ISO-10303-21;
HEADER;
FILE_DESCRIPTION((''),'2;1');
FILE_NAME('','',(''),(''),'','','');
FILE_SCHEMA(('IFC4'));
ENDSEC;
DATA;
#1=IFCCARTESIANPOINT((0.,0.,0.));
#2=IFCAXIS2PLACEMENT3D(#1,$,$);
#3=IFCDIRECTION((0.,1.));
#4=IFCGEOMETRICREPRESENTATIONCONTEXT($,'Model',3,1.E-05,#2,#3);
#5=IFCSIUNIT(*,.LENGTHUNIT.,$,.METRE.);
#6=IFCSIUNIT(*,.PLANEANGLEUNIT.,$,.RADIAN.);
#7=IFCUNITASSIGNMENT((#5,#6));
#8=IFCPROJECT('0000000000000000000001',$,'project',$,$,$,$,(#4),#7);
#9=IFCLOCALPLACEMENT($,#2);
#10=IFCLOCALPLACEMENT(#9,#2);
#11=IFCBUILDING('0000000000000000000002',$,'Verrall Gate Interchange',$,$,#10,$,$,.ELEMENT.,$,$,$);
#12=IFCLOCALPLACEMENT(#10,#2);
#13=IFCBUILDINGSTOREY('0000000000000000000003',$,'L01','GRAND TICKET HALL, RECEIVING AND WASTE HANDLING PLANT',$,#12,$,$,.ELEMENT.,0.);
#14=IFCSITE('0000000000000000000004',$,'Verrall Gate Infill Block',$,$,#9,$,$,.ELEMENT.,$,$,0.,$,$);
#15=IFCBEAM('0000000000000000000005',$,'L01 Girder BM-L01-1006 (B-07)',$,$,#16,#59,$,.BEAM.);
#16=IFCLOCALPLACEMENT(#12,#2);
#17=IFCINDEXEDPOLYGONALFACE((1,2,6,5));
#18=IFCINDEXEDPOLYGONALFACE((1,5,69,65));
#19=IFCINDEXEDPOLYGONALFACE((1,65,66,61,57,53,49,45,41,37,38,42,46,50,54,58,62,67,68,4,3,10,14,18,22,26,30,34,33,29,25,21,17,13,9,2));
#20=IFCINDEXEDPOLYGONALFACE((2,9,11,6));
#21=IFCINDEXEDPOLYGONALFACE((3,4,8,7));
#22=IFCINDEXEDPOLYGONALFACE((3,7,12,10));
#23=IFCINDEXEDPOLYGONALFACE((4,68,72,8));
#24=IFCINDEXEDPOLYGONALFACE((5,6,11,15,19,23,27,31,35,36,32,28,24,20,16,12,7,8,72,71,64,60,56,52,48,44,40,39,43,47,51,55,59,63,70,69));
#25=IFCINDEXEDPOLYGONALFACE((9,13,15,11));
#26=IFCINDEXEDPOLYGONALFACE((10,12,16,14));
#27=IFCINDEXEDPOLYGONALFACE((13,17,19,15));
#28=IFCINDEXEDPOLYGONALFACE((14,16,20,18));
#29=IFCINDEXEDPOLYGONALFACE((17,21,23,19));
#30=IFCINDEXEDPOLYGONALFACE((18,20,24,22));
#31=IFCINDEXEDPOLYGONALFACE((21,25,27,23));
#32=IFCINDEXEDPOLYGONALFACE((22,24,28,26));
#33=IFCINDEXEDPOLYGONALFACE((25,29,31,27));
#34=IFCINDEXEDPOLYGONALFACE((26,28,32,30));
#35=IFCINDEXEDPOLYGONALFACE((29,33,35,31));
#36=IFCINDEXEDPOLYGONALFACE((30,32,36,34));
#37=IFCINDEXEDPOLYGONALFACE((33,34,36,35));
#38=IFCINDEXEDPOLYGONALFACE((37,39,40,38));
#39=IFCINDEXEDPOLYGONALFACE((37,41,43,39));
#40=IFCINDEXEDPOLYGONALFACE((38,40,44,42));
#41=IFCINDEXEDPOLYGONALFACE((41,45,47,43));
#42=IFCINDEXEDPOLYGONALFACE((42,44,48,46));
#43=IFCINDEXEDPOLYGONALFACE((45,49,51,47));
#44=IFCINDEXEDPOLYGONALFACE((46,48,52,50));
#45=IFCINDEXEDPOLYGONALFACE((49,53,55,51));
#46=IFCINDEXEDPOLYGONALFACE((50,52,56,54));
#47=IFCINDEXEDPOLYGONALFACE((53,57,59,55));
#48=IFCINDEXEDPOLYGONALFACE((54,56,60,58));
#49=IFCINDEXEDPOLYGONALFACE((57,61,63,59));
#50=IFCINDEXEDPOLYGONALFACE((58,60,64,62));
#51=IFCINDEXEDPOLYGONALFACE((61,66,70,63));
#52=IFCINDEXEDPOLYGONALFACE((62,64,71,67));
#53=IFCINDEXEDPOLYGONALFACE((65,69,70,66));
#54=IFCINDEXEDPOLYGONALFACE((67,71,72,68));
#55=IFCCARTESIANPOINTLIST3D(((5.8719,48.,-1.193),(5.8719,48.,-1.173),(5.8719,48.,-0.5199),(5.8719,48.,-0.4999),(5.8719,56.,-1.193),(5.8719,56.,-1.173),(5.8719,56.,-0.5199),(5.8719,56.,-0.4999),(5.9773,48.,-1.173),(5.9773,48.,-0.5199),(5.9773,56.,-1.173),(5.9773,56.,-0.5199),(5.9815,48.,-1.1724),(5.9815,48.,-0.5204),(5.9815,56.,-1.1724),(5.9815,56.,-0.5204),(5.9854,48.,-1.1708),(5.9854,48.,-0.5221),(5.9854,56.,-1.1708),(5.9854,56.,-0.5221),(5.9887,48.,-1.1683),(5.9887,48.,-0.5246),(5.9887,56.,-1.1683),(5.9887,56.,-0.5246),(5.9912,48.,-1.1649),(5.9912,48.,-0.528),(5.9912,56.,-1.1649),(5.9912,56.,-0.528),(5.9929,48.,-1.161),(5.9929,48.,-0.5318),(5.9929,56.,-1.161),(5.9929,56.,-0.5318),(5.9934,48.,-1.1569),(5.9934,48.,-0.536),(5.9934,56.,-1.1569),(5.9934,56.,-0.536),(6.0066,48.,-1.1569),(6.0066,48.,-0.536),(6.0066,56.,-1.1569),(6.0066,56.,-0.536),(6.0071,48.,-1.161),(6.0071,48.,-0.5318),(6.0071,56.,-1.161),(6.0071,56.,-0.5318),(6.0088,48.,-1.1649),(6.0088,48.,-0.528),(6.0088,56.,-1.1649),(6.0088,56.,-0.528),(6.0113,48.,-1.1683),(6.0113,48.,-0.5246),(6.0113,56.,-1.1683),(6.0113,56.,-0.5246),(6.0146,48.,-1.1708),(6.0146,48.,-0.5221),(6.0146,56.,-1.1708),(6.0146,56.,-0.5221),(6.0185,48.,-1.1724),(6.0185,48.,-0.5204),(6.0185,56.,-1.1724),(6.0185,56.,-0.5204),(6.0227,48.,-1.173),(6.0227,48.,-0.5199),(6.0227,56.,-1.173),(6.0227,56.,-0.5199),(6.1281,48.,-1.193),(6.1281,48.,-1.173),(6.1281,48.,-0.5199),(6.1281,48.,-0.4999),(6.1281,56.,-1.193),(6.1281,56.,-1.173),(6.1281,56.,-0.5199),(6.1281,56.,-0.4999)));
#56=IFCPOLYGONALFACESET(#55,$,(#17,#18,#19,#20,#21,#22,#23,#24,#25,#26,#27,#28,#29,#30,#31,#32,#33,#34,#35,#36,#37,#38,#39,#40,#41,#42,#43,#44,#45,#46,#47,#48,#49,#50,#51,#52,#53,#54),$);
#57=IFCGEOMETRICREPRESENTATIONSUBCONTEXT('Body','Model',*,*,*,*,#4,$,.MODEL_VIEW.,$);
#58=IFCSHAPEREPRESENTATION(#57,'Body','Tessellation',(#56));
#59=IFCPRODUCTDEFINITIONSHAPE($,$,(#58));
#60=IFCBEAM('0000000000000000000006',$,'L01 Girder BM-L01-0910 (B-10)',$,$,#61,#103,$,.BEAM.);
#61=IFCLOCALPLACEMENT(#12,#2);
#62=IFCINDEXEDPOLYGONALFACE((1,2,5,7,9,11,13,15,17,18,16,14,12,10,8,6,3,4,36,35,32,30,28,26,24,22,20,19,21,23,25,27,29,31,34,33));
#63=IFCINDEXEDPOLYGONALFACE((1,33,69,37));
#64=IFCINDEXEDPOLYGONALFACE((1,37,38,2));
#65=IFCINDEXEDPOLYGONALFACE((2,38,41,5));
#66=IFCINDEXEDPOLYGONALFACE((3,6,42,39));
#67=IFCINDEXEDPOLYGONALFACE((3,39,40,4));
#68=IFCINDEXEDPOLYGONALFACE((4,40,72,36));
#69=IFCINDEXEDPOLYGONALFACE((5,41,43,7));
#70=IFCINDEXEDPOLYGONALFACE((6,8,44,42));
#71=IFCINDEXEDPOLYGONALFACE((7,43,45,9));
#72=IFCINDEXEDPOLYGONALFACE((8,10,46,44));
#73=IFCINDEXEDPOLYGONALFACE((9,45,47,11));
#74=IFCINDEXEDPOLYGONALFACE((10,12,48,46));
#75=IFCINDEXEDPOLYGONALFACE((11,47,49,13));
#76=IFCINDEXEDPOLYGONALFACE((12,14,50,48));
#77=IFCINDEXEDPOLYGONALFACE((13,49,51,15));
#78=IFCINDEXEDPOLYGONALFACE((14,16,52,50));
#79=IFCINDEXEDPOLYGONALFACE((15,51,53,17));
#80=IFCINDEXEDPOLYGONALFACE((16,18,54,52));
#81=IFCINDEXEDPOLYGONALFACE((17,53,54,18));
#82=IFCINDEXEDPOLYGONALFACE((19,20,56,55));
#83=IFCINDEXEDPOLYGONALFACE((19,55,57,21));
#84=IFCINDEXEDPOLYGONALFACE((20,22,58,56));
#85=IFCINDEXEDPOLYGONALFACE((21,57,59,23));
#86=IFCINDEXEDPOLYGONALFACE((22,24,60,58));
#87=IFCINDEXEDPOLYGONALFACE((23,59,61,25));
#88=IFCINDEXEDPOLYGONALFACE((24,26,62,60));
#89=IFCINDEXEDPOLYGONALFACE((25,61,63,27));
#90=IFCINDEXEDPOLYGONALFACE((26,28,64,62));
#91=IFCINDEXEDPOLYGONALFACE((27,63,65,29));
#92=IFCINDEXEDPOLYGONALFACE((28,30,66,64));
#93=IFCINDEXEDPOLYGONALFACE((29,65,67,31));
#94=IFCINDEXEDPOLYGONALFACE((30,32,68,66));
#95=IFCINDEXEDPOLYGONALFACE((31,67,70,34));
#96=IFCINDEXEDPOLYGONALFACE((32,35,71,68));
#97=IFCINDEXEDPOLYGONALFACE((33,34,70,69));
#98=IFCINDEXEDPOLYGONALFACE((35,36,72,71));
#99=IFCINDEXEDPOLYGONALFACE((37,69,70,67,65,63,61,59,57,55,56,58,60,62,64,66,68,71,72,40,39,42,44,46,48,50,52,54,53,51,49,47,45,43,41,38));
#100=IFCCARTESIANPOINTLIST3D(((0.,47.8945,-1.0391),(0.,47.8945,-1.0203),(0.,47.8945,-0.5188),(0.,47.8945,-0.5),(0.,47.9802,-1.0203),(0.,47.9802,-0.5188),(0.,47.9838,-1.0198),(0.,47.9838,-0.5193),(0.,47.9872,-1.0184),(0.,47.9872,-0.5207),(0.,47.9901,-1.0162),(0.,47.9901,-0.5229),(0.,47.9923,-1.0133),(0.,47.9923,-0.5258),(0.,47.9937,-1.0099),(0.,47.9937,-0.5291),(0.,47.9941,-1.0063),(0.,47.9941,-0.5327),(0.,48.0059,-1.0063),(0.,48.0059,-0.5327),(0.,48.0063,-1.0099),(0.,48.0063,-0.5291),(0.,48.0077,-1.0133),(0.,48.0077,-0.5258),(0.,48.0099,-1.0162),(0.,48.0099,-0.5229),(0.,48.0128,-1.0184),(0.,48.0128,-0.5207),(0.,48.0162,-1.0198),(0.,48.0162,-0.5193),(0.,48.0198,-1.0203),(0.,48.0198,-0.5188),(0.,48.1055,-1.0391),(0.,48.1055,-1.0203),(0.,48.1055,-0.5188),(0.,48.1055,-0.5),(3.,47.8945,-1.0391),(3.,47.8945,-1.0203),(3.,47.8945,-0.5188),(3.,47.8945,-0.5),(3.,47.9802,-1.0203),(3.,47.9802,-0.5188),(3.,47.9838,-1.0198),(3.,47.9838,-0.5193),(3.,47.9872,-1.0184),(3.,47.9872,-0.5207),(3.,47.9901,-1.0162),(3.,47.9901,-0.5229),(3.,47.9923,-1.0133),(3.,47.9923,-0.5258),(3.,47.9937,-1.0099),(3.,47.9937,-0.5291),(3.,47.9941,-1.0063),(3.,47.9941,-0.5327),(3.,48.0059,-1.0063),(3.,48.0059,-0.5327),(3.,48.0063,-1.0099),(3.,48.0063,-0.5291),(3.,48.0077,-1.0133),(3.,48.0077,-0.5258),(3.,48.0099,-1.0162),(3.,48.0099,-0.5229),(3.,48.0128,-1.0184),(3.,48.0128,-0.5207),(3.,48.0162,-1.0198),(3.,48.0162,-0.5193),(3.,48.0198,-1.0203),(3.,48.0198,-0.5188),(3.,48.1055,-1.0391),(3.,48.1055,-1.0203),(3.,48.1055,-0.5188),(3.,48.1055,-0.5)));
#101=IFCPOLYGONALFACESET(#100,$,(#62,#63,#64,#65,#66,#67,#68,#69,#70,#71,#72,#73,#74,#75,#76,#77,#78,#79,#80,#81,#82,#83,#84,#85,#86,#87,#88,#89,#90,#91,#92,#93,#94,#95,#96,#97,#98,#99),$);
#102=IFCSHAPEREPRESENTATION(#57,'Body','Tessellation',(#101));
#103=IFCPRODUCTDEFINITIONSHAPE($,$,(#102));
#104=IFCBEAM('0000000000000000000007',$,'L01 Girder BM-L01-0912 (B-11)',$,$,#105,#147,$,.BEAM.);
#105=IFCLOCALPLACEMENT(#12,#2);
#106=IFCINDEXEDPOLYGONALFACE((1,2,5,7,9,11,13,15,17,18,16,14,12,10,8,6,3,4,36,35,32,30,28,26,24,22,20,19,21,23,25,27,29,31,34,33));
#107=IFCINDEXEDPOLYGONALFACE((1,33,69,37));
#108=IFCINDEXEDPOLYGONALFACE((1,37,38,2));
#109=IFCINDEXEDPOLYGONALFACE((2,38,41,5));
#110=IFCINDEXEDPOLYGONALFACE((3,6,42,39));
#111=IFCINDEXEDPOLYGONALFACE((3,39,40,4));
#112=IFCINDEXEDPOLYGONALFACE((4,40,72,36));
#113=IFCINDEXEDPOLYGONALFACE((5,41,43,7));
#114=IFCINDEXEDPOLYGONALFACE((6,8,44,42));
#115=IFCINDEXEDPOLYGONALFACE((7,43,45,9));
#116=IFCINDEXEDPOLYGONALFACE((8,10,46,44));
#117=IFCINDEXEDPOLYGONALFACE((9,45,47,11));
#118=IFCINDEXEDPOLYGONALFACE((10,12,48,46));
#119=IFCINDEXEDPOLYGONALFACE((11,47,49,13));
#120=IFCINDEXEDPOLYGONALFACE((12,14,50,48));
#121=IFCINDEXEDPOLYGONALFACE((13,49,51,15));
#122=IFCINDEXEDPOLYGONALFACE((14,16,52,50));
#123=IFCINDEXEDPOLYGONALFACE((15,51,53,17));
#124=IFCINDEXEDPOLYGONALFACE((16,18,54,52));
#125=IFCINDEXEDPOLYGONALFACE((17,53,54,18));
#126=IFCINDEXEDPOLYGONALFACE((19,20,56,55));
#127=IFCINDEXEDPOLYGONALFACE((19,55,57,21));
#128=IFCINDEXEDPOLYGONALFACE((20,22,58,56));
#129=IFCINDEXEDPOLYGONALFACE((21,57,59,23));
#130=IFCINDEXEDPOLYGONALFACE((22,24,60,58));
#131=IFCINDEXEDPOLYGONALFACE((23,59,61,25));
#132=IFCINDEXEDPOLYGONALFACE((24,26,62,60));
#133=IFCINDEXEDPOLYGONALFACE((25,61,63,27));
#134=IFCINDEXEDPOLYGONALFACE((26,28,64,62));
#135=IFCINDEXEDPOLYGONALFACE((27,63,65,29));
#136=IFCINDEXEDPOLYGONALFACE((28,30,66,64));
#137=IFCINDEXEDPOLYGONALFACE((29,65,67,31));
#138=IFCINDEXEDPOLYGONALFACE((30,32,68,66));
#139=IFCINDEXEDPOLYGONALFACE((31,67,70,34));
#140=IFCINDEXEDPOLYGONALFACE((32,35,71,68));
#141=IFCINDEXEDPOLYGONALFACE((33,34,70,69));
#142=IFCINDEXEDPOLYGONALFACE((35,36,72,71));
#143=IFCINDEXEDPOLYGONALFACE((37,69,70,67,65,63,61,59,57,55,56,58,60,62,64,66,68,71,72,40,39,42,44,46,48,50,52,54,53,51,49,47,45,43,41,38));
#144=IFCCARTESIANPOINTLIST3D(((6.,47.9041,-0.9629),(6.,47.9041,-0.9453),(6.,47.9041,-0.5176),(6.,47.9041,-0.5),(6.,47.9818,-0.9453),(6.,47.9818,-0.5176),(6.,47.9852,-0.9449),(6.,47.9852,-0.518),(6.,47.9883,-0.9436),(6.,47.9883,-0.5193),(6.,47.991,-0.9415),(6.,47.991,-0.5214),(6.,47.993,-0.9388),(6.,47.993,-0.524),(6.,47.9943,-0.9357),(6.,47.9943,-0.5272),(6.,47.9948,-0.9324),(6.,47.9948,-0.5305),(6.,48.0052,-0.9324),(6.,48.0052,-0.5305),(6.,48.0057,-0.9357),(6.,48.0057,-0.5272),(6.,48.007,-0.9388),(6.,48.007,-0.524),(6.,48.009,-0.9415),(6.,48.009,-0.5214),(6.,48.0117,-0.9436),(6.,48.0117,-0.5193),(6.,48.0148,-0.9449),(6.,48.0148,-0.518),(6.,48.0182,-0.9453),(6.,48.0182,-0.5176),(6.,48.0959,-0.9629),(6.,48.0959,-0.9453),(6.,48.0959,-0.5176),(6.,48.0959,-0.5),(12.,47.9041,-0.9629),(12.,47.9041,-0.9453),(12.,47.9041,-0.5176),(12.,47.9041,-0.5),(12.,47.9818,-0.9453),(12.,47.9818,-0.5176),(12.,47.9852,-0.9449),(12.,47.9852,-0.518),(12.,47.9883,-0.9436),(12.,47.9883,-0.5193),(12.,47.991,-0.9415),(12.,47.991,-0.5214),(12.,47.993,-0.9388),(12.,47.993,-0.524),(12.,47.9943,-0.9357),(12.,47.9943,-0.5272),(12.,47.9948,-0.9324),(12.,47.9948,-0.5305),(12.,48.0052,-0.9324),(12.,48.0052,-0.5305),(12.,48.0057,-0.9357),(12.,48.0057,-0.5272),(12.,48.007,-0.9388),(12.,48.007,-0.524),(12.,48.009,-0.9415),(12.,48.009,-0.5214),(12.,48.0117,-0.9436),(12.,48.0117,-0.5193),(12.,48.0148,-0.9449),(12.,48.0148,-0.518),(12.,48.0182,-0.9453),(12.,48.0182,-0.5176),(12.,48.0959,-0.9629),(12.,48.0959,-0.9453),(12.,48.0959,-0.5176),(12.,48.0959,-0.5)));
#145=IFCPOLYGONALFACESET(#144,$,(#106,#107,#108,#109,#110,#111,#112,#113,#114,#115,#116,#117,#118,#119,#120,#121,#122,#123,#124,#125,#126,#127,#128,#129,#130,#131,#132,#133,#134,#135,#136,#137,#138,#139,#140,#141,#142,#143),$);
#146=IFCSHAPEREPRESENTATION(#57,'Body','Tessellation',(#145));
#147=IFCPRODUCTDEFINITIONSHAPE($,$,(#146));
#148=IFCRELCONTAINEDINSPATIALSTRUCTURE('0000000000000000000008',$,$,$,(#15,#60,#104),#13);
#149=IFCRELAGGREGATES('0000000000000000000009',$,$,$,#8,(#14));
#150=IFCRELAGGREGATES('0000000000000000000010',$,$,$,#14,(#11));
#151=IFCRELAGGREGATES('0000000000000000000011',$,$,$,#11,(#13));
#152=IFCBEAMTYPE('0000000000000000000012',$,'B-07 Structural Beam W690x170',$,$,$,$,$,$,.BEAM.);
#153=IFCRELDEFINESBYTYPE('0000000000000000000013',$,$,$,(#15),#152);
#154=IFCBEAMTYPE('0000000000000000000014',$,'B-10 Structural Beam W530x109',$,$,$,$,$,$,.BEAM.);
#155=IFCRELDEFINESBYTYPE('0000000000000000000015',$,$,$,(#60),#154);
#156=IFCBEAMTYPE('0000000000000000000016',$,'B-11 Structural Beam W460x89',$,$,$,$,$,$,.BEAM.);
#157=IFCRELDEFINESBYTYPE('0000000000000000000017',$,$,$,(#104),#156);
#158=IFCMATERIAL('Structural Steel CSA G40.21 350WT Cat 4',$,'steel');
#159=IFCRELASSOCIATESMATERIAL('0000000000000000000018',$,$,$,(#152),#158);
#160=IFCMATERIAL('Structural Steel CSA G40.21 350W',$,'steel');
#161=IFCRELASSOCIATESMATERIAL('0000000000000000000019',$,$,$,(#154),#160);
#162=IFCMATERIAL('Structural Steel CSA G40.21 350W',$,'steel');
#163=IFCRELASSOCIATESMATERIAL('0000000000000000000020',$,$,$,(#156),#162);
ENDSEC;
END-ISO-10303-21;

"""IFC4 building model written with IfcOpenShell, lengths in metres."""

from ifc_helpers import new_model, si_unit, direction, frame, origin, origin_2d, place, context, subcontext, project, spatial, i_section, extrude, material, material_profile, profile_set, type_object, element, save


model = new_model("IFC4")

# Units and contexts
model_context = context("Model", 3, precision=1e-05, world=origin(), true_north=direction((0.0, 1.0)))
body_context = subcontext(model_context, "Body", "Model", "MODEL_VIEW")
ifc_project = project(units=[si_unit("LENGTHUNIT", "METRE"), si_unit("PLANEANGLEUNIT", "RADIAN")], contexts=[model_context])

# Site, building, storey
site_placement = place(None, origin())
site = spatial("IfcSite", under=ifc_project, at=site_placement, Name="Verrall Gate Infill Block", CompositionType="ELEMENT", RefElevation=0.0)
building_placement = place(site_placement, origin())
building = spatial("IfcBuilding", under=site, at=building_placement, Name="Verrall Gate Interchange", CompositionType="ELEMENT")
storey_placement = place(building_placement, origin())
storey = spatial("IfcBuildingStorey", under=building, at=storey_placement, Name="L01", Description="GRAND TICKET HALL, RECEIVING AND WASTE HANDLING PLANT", CompositionType="ELEMENT", Elevation=0.0)

# Beams
ifc_material_1 = material(Name="Structural Steel CSA G40.21 350WT Cat 4", Category="steel")
ifc_material_profile_1 = material_profile(ifc_material_1, i_section(OverallWidth=0.2561, OverallDepth=0.6931, WebThickness=0.0132, FlangeThickness=0.02, FilletRadius=0.0161, at=origin_2d()), Name="W690x170")
ifc_profile_set_1 = profile_set([ifc_material_profile_1], Name="Structural Steel CSA G40.21 350WT Cat 4")
beam_type_1 = type_object("IfcBeamType", Name="B-07 Structural Beam W690x170", PredefinedType="BEAM", material=ifc_profile_set_1)
beam_1_placement = place(storey_placement, frame((6.0, 48.0, -0.8464), z_axis=(0.0, 1.0, 0.0), x_axis=(-1.0, 0.0, 0.0)))
element("IfcBeam", 1, at=beam_1_placement, inside=storey, type_object=beam_type_1, Name="L01 Girder BM-L01-1006 (B-07)", PredefinedType="BEAM", context=body_context, shape_type="SweptSolid", body=[
    extrude(i_section(OverallWidth=0.2561, OverallDepth=0.6931, WebThickness=0.0132, FlangeThickness=0.02, FilletRadius=0.0161, at=origin_2d()), origin(), (0.0, 0.0, 1.0), 8.0),
])
ifc_material_2 = material(Name="Structural Steel CSA G40.21 350W", Category="steel")
ifc_material_profile_2 = material_profile(ifc_material_2, i_section(OverallWidth=0.2109, OverallDepth=0.5391, WebThickness=0.0117, FlangeThickness=0.0188, FilletRadius=0.0139, at=origin_2d()), Name="W530x109")
ifc_profile_set_2 = profile_set([ifc_material_profile_2], Name="Structural Steel CSA G40.21 350W")
beam_type_2 = type_object("IfcBeamType", Name="B-10 Structural Beam W530x109", PredefinedType="BEAM", material=ifc_profile_set_2)
beam_2_placement = place(storey_placement, frame((0.0, 48.0, -0.7695), z_axis=(1.0, 0.0, 0.0), x_axis=(0.0, 1.0, 0.0)))
element("IfcBeam", 2, at=beam_2_placement, inside=storey, type_object=beam_type_2, Name="L01 Girder BM-L01-0910 (B-10)", PredefinedType="BEAM", context=body_context, shape_type="SweptSolid", body=[
    extrude(i_section(OverallWidth=0.2109, OverallDepth=0.5391, WebThickness=0.0117, FlangeThickness=0.0188, FilletRadius=0.0139, at=origin_2d()), origin(), (0.0, 0.0, 1.0), 3.0),
])
ifc_material_3 = material(Name="Structural Steel CSA G40.21 350W", Category="steel")
ifc_material_profile_3 = material_profile(ifc_material_3, i_section(OverallWidth=0.1919, OverallDepth=0.4629, WebThickness=0.0105, FlangeThickness=0.0176, FilletRadius=0.0129, at=origin_2d()), Name="W460x89")
ifc_profile_set_3 = profile_set([ifc_material_profile_3], Name="Structural Steel CSA G40.21 350W")
beam_type_3 = type_object("IfcBeamType", Name="B-11 Structural Beam W460x89", PredefinedType="BEAM", material=ifc_profile_set_3)
beam_3_placement = place(storey_placement, frame((6.0, 48.0, -0.7314), z_axis=(1.0, 0.0, 0.0), x_axis=(0.0, 1.0, 0.0)))
element("IfcBeam", 3, at=beam_3_placement, inside=storey, type_object=beam_type_3, Name="L01 Girder BM-L01-0912 (B-11)", PredefinedType="BEAM", context=body_context, shape_type="SweptSolid", body=[
    extrude(i_section(OverallWidth=0.1919, OverallDepth=0.4629, WebThickness=0.0105, FlangeThickness=0.0176, FilletRadius=0.0129, at=origin_2d()), origin(), (0.0, 0.0, 1.0), 6.0),
])

save(model, "model.ifc")
